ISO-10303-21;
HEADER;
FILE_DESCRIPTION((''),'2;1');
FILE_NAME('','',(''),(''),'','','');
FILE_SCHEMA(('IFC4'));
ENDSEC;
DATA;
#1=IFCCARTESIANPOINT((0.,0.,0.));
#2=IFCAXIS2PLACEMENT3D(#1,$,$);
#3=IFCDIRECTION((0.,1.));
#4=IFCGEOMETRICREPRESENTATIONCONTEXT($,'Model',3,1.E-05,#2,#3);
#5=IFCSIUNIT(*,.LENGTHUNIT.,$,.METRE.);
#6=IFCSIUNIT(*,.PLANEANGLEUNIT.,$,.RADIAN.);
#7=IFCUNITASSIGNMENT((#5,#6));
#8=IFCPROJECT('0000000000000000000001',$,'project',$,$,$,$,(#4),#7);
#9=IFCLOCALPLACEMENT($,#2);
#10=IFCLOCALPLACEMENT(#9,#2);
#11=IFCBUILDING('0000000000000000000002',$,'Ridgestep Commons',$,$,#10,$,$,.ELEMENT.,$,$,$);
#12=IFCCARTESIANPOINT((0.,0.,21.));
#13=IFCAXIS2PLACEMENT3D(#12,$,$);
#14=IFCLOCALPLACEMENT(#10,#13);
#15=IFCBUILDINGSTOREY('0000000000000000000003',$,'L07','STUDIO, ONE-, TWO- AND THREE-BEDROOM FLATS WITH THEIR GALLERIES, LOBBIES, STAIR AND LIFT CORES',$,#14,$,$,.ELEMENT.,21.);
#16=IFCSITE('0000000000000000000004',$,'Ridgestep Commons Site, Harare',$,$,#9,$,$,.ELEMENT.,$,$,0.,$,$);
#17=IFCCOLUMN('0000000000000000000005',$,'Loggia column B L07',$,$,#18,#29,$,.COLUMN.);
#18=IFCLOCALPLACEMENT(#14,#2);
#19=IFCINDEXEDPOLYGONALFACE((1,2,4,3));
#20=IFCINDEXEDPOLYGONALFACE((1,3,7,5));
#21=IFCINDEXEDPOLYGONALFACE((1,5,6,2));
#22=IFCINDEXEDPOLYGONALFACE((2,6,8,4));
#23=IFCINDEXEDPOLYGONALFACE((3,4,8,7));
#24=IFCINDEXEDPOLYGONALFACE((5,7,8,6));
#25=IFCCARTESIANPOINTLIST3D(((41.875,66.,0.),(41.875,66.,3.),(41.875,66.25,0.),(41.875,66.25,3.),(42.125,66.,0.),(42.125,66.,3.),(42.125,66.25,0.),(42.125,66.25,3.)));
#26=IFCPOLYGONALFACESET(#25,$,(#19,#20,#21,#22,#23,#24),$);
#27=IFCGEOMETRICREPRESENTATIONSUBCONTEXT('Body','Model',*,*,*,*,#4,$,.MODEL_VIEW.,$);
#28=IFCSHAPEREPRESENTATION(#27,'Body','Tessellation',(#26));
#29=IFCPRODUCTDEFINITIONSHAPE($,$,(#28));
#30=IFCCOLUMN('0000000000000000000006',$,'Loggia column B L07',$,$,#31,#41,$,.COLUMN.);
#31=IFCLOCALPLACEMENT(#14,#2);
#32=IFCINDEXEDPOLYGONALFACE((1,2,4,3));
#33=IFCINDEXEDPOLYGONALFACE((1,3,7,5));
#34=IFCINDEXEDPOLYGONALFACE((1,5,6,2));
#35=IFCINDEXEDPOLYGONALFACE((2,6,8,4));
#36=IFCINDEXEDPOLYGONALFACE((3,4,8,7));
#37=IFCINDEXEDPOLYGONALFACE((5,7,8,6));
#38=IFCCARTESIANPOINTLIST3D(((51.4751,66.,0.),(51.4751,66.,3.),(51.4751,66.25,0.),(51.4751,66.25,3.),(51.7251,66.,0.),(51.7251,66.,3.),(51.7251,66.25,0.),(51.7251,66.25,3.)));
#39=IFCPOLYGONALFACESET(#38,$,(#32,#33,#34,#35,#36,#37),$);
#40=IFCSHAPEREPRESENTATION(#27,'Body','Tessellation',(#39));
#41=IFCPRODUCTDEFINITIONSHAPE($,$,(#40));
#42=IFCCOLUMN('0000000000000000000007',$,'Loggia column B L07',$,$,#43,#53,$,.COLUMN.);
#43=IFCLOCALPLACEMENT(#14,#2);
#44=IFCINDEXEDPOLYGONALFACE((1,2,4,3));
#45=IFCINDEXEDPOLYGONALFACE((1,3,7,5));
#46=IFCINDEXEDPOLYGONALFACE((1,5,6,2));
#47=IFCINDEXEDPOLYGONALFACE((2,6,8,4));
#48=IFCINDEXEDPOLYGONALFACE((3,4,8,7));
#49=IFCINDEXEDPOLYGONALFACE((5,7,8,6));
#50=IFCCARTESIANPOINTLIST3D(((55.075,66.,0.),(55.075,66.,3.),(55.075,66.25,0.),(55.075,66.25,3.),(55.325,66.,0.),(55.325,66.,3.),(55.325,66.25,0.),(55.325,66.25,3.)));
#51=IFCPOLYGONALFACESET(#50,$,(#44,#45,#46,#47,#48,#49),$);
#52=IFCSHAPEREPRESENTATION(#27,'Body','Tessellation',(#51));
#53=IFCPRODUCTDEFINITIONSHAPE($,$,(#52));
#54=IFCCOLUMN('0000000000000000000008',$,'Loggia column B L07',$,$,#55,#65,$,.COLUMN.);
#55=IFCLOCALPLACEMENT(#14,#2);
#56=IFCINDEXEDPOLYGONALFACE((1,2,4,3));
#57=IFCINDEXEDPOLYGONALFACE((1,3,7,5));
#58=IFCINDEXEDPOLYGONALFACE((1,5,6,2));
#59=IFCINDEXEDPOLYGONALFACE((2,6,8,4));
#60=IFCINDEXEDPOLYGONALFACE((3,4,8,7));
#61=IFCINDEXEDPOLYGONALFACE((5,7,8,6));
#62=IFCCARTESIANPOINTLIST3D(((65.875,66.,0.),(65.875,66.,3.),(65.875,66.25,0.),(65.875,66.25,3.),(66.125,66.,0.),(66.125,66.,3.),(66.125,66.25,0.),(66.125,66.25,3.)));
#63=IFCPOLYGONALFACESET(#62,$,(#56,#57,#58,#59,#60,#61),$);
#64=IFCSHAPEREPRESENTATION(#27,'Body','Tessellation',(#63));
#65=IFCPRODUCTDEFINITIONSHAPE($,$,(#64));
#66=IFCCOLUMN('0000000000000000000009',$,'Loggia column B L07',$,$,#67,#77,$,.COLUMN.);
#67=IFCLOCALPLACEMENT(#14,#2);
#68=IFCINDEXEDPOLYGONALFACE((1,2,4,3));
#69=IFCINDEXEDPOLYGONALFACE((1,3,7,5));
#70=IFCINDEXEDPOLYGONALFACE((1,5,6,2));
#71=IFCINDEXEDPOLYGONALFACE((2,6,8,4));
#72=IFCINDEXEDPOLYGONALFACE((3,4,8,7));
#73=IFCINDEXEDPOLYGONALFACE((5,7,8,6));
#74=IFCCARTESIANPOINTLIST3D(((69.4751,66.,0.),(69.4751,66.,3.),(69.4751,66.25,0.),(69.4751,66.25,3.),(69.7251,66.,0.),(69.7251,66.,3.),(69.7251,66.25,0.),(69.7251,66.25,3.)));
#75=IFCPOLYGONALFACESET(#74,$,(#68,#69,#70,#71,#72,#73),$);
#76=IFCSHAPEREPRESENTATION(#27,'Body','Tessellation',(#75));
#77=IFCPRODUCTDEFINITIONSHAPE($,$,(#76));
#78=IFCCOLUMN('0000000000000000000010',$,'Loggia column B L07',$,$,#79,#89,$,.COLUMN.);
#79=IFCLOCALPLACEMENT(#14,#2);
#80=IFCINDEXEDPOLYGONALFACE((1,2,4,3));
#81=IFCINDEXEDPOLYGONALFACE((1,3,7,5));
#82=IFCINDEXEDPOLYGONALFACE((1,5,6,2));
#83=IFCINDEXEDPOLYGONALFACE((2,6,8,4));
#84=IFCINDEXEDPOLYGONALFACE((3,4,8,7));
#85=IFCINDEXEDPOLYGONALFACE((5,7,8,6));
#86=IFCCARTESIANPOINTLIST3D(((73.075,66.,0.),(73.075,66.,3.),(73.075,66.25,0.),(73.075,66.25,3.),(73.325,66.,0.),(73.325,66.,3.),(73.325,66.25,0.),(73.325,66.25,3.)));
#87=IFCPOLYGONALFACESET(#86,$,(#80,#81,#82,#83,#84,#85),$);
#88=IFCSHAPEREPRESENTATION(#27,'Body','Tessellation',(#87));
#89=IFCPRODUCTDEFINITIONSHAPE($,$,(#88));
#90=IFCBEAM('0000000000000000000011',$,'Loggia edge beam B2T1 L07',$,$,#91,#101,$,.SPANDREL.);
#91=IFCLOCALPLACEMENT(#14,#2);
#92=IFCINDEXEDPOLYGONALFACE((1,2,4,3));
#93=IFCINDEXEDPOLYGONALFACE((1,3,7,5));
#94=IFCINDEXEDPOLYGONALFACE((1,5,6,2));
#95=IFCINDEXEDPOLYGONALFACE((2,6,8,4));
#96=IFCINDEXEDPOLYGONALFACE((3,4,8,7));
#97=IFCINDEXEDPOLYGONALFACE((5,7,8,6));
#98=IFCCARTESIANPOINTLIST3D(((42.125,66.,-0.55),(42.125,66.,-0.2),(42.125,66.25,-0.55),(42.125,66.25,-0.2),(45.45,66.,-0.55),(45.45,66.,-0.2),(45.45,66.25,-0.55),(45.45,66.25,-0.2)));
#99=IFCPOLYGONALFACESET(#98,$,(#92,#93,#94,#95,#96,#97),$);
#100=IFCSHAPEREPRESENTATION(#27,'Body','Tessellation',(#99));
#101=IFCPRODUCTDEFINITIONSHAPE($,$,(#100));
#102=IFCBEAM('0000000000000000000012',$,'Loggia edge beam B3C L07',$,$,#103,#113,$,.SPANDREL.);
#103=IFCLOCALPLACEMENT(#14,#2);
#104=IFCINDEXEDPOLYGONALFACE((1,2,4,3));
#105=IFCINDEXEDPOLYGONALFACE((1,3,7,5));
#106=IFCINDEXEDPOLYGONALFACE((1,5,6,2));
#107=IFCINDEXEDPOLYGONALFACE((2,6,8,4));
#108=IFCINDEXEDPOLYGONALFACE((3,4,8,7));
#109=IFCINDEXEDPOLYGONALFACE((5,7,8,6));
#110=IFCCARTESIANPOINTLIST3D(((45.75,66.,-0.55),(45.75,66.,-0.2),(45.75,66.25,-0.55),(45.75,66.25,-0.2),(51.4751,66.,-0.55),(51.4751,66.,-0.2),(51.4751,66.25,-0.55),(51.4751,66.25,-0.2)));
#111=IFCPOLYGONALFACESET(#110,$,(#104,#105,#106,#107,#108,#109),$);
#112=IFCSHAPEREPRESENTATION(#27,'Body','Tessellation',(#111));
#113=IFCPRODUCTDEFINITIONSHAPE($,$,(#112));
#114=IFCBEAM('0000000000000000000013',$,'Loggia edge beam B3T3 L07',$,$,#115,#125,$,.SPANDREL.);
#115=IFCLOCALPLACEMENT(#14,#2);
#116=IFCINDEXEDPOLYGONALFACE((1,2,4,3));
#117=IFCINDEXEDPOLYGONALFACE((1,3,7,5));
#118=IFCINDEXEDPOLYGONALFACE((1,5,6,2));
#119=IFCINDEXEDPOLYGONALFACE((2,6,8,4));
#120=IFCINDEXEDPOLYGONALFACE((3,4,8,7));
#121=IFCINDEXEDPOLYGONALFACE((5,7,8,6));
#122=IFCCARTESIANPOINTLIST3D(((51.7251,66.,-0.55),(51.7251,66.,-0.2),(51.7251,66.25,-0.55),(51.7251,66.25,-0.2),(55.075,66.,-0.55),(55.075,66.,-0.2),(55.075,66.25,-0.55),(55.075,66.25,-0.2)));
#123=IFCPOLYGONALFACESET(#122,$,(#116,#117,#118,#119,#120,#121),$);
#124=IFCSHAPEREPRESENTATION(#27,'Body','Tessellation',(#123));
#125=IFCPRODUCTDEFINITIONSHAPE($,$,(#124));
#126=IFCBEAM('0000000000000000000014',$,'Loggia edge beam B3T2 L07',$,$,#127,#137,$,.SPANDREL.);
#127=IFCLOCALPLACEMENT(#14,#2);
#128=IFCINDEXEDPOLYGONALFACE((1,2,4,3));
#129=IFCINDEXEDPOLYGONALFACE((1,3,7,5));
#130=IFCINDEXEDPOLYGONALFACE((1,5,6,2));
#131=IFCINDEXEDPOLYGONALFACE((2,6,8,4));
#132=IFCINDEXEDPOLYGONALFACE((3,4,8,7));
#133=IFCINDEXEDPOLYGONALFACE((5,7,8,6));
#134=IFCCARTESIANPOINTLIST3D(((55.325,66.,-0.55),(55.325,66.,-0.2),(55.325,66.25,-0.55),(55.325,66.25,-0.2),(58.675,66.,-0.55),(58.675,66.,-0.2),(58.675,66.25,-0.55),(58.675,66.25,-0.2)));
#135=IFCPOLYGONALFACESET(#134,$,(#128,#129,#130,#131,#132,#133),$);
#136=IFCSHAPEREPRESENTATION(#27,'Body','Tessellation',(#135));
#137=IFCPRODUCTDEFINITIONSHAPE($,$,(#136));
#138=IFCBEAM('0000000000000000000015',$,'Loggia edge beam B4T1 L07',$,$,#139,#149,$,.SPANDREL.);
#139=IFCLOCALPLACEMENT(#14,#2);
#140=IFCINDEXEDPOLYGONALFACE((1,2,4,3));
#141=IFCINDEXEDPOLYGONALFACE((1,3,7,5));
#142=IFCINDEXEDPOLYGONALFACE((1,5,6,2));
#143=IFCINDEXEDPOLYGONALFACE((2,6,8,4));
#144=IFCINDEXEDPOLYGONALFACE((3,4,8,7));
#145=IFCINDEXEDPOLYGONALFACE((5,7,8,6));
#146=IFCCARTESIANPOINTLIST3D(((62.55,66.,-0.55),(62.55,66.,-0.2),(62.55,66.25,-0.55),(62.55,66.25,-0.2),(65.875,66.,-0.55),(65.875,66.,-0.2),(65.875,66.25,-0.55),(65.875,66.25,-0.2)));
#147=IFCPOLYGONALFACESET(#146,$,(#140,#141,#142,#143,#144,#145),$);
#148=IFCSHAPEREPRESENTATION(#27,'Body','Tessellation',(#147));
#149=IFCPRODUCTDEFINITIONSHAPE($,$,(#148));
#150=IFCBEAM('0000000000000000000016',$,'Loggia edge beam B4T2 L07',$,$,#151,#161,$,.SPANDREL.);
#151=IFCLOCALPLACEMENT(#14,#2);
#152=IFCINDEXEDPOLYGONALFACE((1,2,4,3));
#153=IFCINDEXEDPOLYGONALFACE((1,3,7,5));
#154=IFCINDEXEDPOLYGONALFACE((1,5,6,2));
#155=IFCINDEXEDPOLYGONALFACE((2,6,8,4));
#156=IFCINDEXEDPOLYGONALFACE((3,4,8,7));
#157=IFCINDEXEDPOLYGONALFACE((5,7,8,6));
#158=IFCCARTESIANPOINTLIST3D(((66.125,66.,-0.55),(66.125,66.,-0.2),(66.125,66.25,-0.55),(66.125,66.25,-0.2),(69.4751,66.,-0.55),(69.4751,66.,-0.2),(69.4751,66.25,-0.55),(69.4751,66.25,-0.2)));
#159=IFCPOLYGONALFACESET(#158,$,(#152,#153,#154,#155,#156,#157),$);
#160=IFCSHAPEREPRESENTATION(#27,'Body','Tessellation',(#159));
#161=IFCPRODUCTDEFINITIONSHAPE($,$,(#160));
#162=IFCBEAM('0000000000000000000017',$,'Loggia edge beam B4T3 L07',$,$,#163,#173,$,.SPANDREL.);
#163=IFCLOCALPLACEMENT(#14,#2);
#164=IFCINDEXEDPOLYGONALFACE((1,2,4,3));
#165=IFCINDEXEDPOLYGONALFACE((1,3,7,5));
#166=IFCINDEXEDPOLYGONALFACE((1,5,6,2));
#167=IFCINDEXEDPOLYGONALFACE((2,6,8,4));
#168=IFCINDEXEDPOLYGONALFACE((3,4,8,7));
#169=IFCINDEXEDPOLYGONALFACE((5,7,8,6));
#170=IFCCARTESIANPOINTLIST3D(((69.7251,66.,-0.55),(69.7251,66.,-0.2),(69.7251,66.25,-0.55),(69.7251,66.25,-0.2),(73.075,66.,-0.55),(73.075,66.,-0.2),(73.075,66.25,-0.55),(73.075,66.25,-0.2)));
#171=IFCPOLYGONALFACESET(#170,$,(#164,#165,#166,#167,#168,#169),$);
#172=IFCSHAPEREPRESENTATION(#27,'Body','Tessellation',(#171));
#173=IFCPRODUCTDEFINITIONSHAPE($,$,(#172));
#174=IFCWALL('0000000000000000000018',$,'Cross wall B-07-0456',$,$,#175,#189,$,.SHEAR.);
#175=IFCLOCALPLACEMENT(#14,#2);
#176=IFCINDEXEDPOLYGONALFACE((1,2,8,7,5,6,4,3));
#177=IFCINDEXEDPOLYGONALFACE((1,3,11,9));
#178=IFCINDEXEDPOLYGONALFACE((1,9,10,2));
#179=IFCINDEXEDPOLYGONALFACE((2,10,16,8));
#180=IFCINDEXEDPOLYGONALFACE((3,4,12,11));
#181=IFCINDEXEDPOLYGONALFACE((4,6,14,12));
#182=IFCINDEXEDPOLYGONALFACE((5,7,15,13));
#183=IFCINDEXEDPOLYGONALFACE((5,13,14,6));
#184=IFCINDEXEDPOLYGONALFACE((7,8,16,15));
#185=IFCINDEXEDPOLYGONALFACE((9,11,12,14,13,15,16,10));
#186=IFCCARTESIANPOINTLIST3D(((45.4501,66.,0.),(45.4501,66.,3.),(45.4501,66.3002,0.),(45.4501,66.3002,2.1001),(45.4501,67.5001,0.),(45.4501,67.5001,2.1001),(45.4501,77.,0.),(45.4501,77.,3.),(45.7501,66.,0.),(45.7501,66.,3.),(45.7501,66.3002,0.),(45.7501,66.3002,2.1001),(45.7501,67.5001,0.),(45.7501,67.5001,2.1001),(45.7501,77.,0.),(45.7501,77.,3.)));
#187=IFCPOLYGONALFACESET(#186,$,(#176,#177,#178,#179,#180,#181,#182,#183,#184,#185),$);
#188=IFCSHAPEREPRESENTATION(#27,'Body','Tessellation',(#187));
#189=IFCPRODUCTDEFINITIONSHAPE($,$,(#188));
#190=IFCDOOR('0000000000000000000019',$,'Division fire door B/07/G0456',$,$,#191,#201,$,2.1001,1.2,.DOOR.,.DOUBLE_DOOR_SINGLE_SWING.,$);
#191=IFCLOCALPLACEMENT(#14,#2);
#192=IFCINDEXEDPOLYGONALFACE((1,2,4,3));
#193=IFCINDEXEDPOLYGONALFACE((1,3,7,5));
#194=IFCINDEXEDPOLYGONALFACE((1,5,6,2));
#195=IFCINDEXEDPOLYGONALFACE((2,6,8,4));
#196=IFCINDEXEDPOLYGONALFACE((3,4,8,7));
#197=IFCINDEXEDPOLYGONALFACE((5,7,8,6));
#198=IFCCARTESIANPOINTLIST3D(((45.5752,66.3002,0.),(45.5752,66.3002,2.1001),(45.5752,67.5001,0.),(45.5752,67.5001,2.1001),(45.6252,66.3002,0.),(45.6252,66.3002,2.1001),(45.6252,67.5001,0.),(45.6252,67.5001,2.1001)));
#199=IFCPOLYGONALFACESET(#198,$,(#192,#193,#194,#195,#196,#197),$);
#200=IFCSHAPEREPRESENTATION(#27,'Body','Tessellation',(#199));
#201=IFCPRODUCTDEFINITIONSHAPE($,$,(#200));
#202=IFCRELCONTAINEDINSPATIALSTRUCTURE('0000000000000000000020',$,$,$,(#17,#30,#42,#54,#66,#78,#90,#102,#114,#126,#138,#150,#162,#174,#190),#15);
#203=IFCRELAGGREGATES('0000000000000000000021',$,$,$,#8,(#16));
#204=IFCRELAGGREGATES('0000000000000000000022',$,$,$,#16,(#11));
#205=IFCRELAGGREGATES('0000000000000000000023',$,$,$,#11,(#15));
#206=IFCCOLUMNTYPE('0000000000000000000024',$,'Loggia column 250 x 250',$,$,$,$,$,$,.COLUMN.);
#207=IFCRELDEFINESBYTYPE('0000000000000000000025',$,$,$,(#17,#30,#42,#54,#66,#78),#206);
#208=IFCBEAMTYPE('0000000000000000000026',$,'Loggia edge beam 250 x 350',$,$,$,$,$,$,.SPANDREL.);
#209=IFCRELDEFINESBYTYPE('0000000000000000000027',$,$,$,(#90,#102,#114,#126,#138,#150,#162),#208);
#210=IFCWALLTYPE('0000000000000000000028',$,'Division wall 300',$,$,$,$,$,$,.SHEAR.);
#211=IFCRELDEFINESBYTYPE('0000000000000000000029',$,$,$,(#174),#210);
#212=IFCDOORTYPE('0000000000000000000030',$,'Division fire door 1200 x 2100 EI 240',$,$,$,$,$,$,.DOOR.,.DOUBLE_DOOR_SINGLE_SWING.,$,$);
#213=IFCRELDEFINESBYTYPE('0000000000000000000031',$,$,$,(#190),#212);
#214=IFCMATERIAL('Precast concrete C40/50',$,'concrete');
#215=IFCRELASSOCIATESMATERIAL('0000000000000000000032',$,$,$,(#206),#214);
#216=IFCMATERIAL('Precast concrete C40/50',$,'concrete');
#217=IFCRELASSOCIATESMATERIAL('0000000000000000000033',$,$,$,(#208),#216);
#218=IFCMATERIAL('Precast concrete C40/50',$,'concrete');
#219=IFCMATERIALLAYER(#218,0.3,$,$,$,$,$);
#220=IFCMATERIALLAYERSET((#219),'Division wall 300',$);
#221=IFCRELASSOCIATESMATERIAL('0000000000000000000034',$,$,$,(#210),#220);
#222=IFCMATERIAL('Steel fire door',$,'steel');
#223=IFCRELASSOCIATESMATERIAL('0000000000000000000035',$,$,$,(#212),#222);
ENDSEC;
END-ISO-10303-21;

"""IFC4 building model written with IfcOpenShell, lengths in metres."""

from ifc_helpers import new_model, si_unit, direction, frame, frame_2d, origin, origin_2d, place, context, subcontext, project, spatial, rectangle, extrude, material, layer, layer_set, material_profile, profile_set, type_object, element, fill, save


model = new_model("IFC4")

# Units and contexts
model_context = context("Model", 3, precision=1e-05, world=origin(), true_north=direction((0.0, 1.0)))
body_context = subcontext(model_context, "Body", "Model", "MODEL_VIEW")
ifc_project = project(units=[si_unit("LENGTHUNIT", "METRE"), si_unit("PLANEANGLEUNIT", "RADIAN")], contexts=[model_context])

# Site, building, storey
site_placement = place(None, origin())
site = spatial("IfcSite", under=ifc_project, at=site_placement, Name="Ridgestep Commons Site, Harare", CompositionType="ELEMENT", RefElevation=0.0)
building_placement = place(site_placement, origin())
building = spatial("IfcBuilding", under=site, at=building_placement, Name="Ridgestep Commons", CompositionType="ELEMENT")
storey_placement = place(building_placement, frame((0.0, 0.0, 21.0)))
storey = spatial("IfcBuildingStorey", under=building, at=storey_placement, Name="L07", Description="STUDIO, ONE-, TWO- AND THREE-BEDROOM FLATS WITH THEIR GALLERIES, LOBBIES, STAIR AND LIFT CORES", CompositionType="ELEMENT", Elevation=21.0)

# Columns
ifc_material_1 = material(Name="Precast concrete C40/50", Category="concrete")
ifc_material_profile_1 = material_profile(ifc_material_1, rectangle(XDim=0.25, YDim=0.25, at=origin_2d()), Name="PC 250x250")
ifc_profile_set_1 = profile_set([ifc_material_profile_1], Name="Precast concrete C40/50")
column_type = type_object("IfcColumnType", Name="Loggia column 250 x 250", PredefinedType="COLUMN", material=ifc_profile_set_1)
for number, where, z_axis, x_axis, name in (
    (1, (42.0, 66.125, 0.0), (0.0, 0.0, 1.0), (1.0, 0.0, 0.0), "Loggia column B L07"),
    (2, (51.6001, 66.125, 0.0), (0.0, 0.0, 1.0), (1.0, 0.0, 0.0), "Loggia column B L07"),
    (3, (55.2, 66.125, 0.0), (0.0, 0.0, 1.0), (1.0, 0.0, 0.0), "Loggia column B L07"),
    (4, (66.0, 66.125, 0.0), (0.0, 0.0, 1.0), (1.0, 0.0, 0.0), "Loggia column B L07"),
    (5, (69.6001, 66.125, 0.0), (0.0, 0.0, 1.0), (1.0, 0.0, 0.0), "Loggia column B L07"),
    (6, (73.2, 66.125, 0.0), (0.0, 0.0, 1.0), (1.0, 0.0, 0.0), "Loggia column B L07"),
):
    element("IfcColumn", number, at=place(storey_placement, frame(where, z_axis=z_axis, x_axis=x_axis)), inside=storey, type_object=column_type, Name=name, PredefinedType="COLUMN", context=body_context, shape_type="SweptSolid", body=[
        extrude(rectangle(XDim=0.25, YDim=0.25, at=origin_2d()), origin(), (0.0, 0.0, 1.0), 3.0),
    ])

# Beams
ifc_material_2 = material(Name="Precast concrete C40/50", Category="concrete")
ifc_material_profile_2 = material_profile(ifc_material_2, rectangle(XDim=0.25, YDim=0.3501, at=origin_2d()), Name="PC 250x350")
ifc_profile_set_2 = profile_set([ifc_material_profile_2], Name="Precast concrete C40/50")
beam_type = type_object("IfcBeamType", Name="Loggia edge beam 250 x 350", PredefinedType="SPANDREL", material=ifc_profile_set_2)
beam_1_placement = place(storey_placement, frame((42.125, 66.125, -0.375), z_axis=(1.0, 0.0, 0.0), x_axis=(0.0, 1.0, 0.0)))
element("IfcBeam", 7, at=beam_1_placement, inside=storey, type_object=beam_type, Name="Loggia edge beam B2T1 L07", PredefinedType="SPANDREL", context=body_context, shape_type="SweptSolid", body=[
    extrude(rectangle(XDim=0.25, YDim=0.3501, at=origin_2d()), origin(), (0.0, 0.0, 1.0), 3.325),
])
beam_2_placement = place(storey_placement, frame((45.75, 66.125, -0.375), z_axis=(1.0, 0.0, 0.0), x_axis=(0.0, 1.0, 0.0)))
element("IfcBeam", 8, at=beam_2_placement, inside=storey, type_object=beam_type, Name="Loggia edge beam B3C L07", PredefinedType="SPANDREL", context=body_context, shape_type="SweptSolid", body=[
    extrude(rectangle(XDim=0.25, YDim=0.3501, at=origin_2d()), origin(), (0.0, 0.0, 1.0), 5.7251),
])
beam_3_placement = place(storey_placement, frame((51.7251, 66.125, -0.375), z_axis=(1.0, 0.0, 0.0), x_axis=(0.0, 1.0, 0.0)))
element("IfcBeam", 9, at=beam_3_placement, inside=storey, type_object=beam_type, Name="Loggia edge beam B3T3 L07", PredefinedType="SPANDREL", context=body_context, shape_type="SweptSolid", body=[
    extrude(rectangle(XDim=0.25, YDim=0.3501, at=origin_2d()), origin(), (0.0, 0.0, 1.0), 3.3499),
])
beam_4_placement = place(storey_placement, frame((55.325, 66.125, -0.375), z_axis=(1.0, 0.0, 0.0), x_axis=(0.0, 1.0, 0.0)))
element("IfcBeam", 10, at=beam_4_placement, inside=storey, type_object=beam_type, Name="Loggia edge beam B3T2 L07", PredefinedType="SPANDREL", context=body_context, shape_type="SweptSolid", body=[
    extrude(rectangle(XDim=0.25, YDim=0.3501, at=origin_2d()), origin(), (0.0, 0.0, 1.0), 3.3501),
])
beam_5_placement = place(storey_placement, frame((62.55, 66.125, -0.375), z_axis=(1.0, 0.0, 0.0), x_axis=(0.0, 1.0, 0.0)))
element("IfcBeam", 11, at=beam_5_placement, inside=storey, type_object=beam_type, Name="Loggia edge beam B4T1 L07", PredefinedType="SPANDREL", context=body_context, shape_type="SweptSolid", body=[
    extrude(rectangle(XDim=0.25, YDim=0.3501, at=origin_2d()), origin(), (0.0, 0.0, 1.0), 3.325),
])
beam_6_placement = place(storey_placement, frame((66.125, 66.125, -0.375), z_axis=(1.0, 0.0, 0.0), x_axis=(0.0, 1.0, 0.0)))
element("IfcBeam", 12, at=beam_6_placement, inside=storey, type_object=beam_type, Name="Loggia edge beam B4T2 L07", PredefinedType="SPANDREL", context=body_context, shape_type="SweptSolid", body=[
    extrude(rectangle(XDim=0.25, YDim=0.3501, at=origin_2d()), origin(), (0.0, 0.0, 1.0), 3.3501),
])
beam_7_placement = place(storey_placement, frame((69.7251, 66.125, -0.375), z_axis=(1.0, 0.0, 0.0), x_axis=(0.0, 1.0, 0.0)))
element("IfcBeam", 13, at=beam_7_placement, inside=storey, type_object=beam_type, Name="Loggia edge beam B4T3 L07", PredefinedType="SPANDREL", context=body_context, shape_type="SweptSolid", body=[
    extrude(rectangle(XDim=0.25, YDim=0.3501, at=origin_2d()), origin(), (0.0, 0.0, 1.0), 3.3499),
])

# Wall, opening, door
ifc_material_3 = material(Name="Precast concrete C40/50", Category="concrete")
ifc_layer_1 = layer(ifc_material_3, 0.3)
ifc_layer_set_1 = layer_set([ifc_layer_1], Name="Division wall 300")
wall_type_1 = type_object("IfcWallType", Name="Division wall 300", PredefinedType="SHEAR", material=ifc_layer_set_1)
wall_1_placement = place(storey_placement, frame((45.6001, 66.0, 0.0), z_axis=(0.0, 0.0, 1.0), x_axis=(0.0, 1.0, 0.0)))
wall_1 = element("IfcWall", 14, at=wall_1_placement, inside=storey, type_object=wall_type_1, Name="Cross wall B-07-0456", PredefinedType="SHEAR", context=body_context, shape_type="SweptSolid", body=[
    extrude(rectangle(XDim=11.0, YDim=0.3, at=frame_2d((5.5, 0.0))), origin(), (0.0, 0.0, 1.0), 3.0),
])
opening_1_placement = place(wall_1_placement, frame((0.3, 0.0, 0.0)))
opening_1 = element("IfcOpeningElement", 15, at=opening_1_placement, cuts=wall_1, PredefinedType="OPENING", context=body_context, shape_type="SweptSolid", body=[
    extrude(rectangle(XDim=1.2, YDim=2.1001, at=frame_2d((0.6001, 1.05))), frame((0.0, 0.1599, 0.0), z_axis=(0.0, -1.0, 0.0), x_axis=(1.0, 0.0, 0.0)), (0.0, 0.0, 1.0), 0.3201),
])
ifc_material_4 = material(Name="Steel fire door", Category="steel")
door_type_1 = type_object("IfcDoorType", Name="Division fire door 1200 x 2100 EI 240", OperationType="DOUBLE_DOOR_SINGLE_SWING", PredefinedType="DOOR", material=ifc_material_4)
door_1_placement = place(opening_1_placement, origin())
door_1 = element("IfcDoor", 16, at=door_1_placement, inside=storey, type_object=door_type_1, Name="Division fire door B/07/G0456", OperationType="DOUBLE_DOOR_SINGLE_SWING", OverallHeight=2.1001, OverallWidth=1.2, PredefinedType="DOOR", context=body_context, shape_type="SweptSolid", body=[
    extrude(rectangle(XDim=1.2, YDim=2.1001, at=frame_2d((0.6001, 1.05))), frame((0.0, 0.0249, 0.0), z_axis=(0.0, -1.0, 0.0), x_axis=(1.0, 0.0, 0.0)), (0.0, 0.0, 1.0), 0.05),
])
fill(opening_1, door_1)

save(model, "model.ifc")
